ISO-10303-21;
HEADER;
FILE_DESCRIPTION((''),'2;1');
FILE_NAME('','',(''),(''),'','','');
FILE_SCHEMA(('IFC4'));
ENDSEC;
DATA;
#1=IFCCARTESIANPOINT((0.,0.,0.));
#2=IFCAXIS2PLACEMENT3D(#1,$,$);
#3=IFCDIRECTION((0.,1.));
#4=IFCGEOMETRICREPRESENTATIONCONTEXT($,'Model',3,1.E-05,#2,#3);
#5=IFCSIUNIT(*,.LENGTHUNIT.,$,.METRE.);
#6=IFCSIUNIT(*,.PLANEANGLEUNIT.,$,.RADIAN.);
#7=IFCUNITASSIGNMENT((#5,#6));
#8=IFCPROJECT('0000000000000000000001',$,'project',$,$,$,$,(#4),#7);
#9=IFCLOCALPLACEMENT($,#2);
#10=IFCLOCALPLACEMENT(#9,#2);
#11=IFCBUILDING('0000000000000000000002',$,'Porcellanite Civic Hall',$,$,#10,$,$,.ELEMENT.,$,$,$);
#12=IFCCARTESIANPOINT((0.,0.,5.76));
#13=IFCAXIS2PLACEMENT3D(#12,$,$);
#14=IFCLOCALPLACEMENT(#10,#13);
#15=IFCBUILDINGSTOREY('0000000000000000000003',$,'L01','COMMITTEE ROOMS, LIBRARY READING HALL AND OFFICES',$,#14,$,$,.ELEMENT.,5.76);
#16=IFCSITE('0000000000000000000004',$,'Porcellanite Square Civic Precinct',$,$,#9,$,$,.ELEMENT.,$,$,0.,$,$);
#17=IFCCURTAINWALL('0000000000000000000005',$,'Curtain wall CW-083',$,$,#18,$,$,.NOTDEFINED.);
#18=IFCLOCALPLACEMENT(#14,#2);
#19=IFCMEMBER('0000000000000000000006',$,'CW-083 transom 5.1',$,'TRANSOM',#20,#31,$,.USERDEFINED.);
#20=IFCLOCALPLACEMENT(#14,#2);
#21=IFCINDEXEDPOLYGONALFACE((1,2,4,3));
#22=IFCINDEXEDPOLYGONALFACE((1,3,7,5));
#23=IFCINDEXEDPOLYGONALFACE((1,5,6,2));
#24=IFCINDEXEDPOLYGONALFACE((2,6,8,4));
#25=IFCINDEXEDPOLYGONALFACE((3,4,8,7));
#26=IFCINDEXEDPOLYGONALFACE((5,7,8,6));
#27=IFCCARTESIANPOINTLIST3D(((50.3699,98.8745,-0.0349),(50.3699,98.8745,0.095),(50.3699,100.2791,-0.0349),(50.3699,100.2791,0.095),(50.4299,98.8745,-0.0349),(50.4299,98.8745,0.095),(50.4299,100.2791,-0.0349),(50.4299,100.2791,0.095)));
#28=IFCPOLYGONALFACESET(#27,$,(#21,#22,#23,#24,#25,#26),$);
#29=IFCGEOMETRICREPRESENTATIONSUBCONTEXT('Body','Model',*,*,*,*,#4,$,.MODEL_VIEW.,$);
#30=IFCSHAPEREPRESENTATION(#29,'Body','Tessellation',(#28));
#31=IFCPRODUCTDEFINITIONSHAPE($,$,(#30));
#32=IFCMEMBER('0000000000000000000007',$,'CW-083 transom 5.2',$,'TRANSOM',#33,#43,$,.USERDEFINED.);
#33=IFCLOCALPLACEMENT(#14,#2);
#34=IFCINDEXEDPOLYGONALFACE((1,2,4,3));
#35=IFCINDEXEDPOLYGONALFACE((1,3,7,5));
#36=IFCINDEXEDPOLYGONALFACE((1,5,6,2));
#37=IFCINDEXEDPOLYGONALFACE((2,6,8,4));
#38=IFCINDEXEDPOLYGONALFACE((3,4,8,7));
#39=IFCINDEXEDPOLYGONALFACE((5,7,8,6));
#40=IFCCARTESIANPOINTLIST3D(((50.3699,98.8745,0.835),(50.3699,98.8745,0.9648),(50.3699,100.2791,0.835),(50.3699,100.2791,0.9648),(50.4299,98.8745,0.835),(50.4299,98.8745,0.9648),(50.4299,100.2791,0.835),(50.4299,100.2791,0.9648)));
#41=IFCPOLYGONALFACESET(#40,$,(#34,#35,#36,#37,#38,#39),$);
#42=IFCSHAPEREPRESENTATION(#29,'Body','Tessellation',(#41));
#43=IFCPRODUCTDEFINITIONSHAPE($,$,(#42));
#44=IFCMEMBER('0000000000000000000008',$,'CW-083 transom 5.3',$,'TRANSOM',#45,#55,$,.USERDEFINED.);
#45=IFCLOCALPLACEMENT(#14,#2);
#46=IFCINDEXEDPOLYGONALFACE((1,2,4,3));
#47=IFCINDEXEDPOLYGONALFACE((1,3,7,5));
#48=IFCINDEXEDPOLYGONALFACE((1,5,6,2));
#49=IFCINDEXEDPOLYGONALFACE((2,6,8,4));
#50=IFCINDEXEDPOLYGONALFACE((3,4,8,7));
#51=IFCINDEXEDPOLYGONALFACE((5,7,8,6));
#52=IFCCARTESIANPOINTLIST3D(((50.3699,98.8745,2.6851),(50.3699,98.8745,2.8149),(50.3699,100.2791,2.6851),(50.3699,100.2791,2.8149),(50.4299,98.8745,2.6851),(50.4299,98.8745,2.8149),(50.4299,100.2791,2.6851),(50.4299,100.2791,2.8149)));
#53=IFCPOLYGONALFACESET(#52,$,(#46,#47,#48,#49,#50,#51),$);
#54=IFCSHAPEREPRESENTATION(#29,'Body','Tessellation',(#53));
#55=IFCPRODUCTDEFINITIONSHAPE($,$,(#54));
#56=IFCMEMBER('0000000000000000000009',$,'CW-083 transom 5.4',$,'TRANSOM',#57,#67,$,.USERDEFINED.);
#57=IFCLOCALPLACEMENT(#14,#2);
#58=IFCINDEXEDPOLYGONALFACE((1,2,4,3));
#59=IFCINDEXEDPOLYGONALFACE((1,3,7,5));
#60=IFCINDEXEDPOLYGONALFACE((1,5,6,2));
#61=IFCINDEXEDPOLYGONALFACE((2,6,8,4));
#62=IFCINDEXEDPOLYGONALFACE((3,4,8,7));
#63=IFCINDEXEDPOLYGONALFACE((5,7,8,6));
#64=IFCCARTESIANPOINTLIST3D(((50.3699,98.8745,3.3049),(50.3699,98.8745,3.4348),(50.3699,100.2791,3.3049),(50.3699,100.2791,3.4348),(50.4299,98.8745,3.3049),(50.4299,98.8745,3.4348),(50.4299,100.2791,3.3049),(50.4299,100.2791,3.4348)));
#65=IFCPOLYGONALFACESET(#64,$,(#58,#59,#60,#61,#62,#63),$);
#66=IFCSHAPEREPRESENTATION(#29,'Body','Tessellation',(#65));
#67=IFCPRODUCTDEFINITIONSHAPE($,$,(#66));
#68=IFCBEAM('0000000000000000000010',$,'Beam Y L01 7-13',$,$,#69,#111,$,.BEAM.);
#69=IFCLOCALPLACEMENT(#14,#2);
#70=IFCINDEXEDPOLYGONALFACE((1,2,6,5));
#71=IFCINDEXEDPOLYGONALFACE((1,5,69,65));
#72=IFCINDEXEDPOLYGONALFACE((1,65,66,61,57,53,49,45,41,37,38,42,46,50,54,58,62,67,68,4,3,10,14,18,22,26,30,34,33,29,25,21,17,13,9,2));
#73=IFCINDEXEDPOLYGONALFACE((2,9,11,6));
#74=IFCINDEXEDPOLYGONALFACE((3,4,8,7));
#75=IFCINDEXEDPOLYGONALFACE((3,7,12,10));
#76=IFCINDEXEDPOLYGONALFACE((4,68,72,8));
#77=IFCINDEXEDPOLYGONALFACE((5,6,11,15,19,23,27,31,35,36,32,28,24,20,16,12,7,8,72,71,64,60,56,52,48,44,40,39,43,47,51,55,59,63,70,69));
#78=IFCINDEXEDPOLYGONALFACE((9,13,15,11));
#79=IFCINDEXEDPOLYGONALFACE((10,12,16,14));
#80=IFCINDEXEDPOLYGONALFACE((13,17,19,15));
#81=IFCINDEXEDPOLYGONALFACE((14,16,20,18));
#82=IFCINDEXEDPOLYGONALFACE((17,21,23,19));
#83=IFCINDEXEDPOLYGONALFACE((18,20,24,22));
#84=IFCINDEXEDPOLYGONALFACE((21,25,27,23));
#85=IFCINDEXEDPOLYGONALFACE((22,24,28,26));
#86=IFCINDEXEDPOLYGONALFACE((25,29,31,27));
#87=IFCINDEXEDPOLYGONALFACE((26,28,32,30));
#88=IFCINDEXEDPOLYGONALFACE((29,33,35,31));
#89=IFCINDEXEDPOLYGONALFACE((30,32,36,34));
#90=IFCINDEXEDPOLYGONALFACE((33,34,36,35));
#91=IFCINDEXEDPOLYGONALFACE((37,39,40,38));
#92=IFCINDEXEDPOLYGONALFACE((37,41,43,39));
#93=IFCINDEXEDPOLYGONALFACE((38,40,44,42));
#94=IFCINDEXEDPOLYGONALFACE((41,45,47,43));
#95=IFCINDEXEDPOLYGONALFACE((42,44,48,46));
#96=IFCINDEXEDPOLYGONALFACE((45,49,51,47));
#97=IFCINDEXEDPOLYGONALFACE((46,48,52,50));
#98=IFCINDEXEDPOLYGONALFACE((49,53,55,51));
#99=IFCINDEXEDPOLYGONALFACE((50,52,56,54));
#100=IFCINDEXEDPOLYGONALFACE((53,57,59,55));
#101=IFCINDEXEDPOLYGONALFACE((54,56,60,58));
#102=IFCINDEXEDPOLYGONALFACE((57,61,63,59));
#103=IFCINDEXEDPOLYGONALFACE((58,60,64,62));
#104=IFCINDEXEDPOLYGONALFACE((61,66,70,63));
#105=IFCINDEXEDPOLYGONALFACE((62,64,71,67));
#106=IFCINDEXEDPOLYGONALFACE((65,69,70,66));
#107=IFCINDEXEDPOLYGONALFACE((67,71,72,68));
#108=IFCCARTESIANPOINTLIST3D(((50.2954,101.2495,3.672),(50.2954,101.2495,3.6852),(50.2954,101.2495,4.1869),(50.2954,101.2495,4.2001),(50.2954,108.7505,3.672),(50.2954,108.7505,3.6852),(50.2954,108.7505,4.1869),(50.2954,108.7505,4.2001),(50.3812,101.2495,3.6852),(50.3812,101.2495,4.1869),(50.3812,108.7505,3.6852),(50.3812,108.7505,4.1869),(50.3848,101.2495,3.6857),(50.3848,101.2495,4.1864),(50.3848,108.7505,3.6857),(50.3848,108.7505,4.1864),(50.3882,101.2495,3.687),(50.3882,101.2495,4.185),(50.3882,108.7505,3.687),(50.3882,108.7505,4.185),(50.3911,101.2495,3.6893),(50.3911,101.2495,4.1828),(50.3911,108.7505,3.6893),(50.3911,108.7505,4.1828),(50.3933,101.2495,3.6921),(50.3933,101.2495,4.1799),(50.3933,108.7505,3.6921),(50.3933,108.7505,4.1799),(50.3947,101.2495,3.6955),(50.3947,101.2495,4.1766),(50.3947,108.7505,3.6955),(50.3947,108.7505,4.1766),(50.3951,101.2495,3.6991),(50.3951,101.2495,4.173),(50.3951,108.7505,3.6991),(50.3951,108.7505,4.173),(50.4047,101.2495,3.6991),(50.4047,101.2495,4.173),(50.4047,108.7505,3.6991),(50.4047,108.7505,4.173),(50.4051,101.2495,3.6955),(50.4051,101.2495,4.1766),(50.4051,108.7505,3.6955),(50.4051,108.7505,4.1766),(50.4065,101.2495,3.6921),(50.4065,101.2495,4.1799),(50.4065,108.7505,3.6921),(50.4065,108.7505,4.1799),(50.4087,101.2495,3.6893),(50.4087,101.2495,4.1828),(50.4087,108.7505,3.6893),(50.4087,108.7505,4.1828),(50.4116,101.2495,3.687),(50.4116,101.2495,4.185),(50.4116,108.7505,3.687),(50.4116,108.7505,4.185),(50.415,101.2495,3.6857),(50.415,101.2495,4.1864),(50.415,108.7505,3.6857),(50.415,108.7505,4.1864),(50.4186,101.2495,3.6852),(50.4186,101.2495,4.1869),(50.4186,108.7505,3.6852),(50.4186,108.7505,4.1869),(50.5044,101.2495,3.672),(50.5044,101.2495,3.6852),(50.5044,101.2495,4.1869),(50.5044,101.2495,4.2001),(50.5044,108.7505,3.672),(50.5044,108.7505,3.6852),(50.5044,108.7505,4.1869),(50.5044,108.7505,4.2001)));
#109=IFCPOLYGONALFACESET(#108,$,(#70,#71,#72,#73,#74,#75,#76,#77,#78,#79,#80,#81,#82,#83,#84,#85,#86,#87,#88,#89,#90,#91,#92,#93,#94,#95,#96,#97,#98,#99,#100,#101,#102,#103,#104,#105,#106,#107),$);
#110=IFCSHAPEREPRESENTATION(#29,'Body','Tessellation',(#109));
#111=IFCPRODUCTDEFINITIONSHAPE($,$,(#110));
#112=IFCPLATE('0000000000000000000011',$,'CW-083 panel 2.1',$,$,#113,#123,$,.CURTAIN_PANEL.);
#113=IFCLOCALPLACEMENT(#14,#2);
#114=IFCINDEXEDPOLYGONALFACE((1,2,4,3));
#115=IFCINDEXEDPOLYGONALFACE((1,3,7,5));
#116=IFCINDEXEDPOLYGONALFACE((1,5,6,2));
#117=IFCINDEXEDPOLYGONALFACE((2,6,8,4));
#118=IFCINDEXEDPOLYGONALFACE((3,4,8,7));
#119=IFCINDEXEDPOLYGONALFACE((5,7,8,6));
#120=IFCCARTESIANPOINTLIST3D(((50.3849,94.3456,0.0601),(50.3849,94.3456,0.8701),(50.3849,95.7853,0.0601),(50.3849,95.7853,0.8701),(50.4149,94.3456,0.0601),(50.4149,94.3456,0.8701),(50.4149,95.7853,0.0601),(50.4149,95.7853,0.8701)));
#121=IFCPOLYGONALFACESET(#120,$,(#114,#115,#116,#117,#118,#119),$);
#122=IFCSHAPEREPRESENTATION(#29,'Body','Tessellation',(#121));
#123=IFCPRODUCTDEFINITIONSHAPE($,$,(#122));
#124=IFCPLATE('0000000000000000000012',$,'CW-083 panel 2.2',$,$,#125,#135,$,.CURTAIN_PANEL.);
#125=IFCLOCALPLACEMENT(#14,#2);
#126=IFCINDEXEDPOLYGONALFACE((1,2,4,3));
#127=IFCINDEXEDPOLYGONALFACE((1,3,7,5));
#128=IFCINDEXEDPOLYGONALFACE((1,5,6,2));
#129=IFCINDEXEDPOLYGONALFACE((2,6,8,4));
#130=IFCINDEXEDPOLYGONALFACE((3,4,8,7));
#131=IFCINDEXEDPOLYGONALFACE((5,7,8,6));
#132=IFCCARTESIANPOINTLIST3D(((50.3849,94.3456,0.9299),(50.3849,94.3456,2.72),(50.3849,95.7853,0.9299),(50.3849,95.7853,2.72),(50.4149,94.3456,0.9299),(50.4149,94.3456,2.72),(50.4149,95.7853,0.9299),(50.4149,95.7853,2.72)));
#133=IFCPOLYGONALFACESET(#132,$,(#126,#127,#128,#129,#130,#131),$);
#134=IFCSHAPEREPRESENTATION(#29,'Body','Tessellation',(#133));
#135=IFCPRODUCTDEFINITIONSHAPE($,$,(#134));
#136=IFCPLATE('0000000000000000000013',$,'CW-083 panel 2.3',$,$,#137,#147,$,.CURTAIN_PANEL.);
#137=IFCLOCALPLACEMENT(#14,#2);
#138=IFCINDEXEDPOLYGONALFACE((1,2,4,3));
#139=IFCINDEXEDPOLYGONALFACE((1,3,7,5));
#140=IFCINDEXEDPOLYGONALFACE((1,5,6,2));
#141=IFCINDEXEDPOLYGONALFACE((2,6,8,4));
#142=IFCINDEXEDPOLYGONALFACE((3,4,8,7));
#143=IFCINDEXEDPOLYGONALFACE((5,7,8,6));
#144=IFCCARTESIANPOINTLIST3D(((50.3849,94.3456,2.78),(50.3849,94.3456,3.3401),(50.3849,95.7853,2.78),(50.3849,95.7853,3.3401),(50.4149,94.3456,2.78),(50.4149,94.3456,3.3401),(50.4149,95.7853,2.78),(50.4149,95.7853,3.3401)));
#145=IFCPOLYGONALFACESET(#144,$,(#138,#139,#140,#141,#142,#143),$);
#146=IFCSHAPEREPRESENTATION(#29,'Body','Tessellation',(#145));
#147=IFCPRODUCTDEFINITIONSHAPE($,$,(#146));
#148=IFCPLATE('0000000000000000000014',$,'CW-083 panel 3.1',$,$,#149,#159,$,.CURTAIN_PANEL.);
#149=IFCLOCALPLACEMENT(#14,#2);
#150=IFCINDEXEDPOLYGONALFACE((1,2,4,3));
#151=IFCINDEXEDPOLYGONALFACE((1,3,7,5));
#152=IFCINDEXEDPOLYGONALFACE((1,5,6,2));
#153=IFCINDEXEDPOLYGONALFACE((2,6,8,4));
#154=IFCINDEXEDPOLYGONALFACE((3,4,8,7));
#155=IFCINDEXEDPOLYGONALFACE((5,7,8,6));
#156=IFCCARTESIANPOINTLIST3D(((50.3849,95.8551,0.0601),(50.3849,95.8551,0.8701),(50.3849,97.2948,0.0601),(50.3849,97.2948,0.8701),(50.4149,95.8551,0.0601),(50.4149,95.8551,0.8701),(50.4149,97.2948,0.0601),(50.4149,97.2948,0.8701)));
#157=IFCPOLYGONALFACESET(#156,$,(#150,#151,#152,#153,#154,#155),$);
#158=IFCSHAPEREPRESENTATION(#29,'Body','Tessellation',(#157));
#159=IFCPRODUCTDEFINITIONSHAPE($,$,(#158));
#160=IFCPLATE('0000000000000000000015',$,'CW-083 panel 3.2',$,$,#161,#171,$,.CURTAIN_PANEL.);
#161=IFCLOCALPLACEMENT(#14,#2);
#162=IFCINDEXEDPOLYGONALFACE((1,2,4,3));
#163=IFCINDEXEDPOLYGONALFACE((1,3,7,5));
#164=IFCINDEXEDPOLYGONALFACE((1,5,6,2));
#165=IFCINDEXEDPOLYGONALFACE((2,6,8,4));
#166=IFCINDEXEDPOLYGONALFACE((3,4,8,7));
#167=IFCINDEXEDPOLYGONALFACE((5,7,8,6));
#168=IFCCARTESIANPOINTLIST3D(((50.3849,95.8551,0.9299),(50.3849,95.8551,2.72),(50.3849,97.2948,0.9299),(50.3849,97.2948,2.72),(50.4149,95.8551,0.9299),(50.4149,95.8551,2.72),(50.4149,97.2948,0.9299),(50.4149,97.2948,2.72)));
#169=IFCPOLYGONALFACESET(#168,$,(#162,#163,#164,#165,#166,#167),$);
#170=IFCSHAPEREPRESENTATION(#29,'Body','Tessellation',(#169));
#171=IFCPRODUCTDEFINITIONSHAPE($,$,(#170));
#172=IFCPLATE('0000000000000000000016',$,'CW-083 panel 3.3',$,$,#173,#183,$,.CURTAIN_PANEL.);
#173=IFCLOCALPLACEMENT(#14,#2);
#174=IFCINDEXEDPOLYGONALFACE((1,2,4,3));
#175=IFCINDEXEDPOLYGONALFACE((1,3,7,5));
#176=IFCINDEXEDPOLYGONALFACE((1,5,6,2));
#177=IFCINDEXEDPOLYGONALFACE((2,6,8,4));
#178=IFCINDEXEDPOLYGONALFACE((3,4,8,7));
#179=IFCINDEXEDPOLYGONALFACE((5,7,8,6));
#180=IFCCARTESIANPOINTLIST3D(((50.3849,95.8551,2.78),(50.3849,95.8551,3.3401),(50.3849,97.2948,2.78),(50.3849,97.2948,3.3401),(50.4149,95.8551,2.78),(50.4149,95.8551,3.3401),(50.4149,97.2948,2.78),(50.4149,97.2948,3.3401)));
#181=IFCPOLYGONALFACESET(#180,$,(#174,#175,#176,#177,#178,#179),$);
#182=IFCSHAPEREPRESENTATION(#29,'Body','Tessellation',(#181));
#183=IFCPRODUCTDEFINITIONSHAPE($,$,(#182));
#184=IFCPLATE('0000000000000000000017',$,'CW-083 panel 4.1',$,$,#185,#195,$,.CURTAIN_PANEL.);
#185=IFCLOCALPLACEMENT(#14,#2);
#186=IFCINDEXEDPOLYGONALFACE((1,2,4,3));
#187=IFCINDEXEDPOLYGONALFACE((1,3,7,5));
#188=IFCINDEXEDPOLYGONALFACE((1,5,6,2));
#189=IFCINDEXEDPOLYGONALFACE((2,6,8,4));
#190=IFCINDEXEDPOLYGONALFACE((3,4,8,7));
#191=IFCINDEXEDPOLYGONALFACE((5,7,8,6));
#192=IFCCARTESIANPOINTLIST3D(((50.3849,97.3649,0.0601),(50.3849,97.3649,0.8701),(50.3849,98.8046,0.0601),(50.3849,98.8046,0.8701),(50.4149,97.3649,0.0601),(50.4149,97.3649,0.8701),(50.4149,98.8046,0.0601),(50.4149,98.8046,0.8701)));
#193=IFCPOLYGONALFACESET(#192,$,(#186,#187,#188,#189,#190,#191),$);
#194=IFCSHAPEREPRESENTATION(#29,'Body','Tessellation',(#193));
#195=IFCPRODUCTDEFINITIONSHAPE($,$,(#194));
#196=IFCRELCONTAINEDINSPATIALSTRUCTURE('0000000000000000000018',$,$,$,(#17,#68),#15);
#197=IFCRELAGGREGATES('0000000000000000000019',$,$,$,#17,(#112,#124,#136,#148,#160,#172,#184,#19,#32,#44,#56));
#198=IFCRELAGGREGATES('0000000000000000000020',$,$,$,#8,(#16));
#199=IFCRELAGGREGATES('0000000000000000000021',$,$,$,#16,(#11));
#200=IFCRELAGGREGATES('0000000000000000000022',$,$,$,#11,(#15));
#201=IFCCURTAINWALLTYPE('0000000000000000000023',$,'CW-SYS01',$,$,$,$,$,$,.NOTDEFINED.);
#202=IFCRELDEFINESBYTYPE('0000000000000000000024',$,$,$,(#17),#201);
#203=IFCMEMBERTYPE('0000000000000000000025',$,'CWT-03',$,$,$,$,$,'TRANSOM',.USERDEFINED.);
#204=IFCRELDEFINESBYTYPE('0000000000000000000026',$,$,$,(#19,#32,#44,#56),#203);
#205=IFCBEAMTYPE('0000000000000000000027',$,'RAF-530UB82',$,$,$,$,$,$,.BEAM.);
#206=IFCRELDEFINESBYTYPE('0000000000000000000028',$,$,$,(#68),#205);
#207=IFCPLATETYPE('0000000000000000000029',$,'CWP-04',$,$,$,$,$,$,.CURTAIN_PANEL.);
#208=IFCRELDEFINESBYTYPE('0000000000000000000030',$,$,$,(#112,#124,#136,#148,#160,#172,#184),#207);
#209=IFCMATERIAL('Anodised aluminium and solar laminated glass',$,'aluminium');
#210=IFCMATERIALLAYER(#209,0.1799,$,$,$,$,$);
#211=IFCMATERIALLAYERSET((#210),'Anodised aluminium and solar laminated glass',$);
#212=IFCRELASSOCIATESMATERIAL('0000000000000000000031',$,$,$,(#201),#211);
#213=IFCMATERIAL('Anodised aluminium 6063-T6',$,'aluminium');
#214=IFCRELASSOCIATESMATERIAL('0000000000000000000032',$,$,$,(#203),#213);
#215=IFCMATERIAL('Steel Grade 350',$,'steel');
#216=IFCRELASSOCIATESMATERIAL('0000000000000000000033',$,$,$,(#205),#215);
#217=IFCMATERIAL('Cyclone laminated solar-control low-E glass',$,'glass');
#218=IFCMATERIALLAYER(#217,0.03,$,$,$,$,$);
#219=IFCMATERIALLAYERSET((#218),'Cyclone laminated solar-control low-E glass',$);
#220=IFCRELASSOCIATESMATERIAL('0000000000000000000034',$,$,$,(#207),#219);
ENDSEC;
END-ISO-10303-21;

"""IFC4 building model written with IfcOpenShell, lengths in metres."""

from ifc_helpers import new_model, si_unit, direction, frame, origin, origin_2d, place, context, subcontext, project, spatial, rectangle, i_section, extrude, material, layer, layer_set, material_profile, profile_set, type_object, element, aggregate, save


model = new_model("IFC4")

# Units and contexts
model_context = context("Model", 3, precision=1e-05, world=origin(), true_north=direction((0.0, 1.0)))
body_context = subcontext(model_context, "Body", "Model", "MODEL_VIEW")
ifc_project = project(units=[si_unit("LENGTHUNIT", "METRE"), si_unit("PLANEANGLEUNIT", "RADIAN")], contexts=[model_context])

# Site, building, storey
site_placement = place(None, origin())
site = spatial("IfcSite", under=ifc_project, at=site_placement, Name="Porcellanite Square Civic Precinct", CompositionType="ELEMENT", RefElevation=0.0)
building_placement = place(site_placement, origin())
building = spatial("IfcBuilding", under=site, at=building_placement, Name="Porcellanite Civic Hall", CompositionType="ELEMENT")
storey_placement = place(building_placement, frame((0.0, 0.0, 5.76)))
storey = spatial("IfcBuildingStorey", under=building, at=storey_placement, Name="L01", Description="COMMITTEE ROOMS, LIBRARY READING HALL AND OFFICES", CompositionType="ELEMENT", Elevation=5.76)

# Curtain wall, members
ifc_material_1 = material(Name="Anodised aluminium and solar laminated glass", Category="aluminium")
ifc_layer_1 = layer(ifc_material_1, 0.1799)
ifc_layer_set_1 = layer_set([ifc_layer_1], Name="Anodised aluminium and solar laminated glass")
curtain_wall_type = type_object("IfcCurtainWallType", Name="CW-SYS01", PredefinedType="NOTDEFINED", material=ifc_layer_set_1)
curtain_wall_placement = place(storey_placement, origin())
curtain_wall = element("IfcCurtainWall", 1, at=curtain_wall_placement, inside=storey, type_object=curtain_wall_type, Name="Curtain wall CW-083", PredefinedType="NOTDEFINED")
ifc_material_2 = material(Name="Anodised aluminium 6063-T6", Category="aluminium")
ifc_material_profile_1 = material_profile(ifc_material_2, rectangle(XDim=0.0601, YDim=0.1299, at=origin_2d()), Name="AL-60x130")
ifc_profile_set_1 = profile_set([ifc_material_profile_1], Name="Anodised aluminium 6063-T6")
member_type_1 = type_object("IfcMemberType", Name="CWT-03", ElementType="TRANSOM", PredefinedType="USERDEFINED", material=ifc_profile_set_1)
member_1_placement = place(storey_placement, frame((50.3999, 98.8745, 0.03), z_axis=(0.0, 1.0, 0.0), x_axis=(-1.0, 0.0, 0.0)))
member_1 = element("IfcMember", 2, at=member_1_placement, type_object=member_type_1, Name="CW-083 transom 5.1", ObjectType="TRANSOM", PredefinedType="USERDEFINED", context=body_context, shape_type="SweptSolid", body=[
    extrude(rectangle(XDim=0.0601, YDim=0.1299, at=origin_2d()), origin(), (0.0, 0.0, 1.0), 1.4045),
])
member_2_placement = place(storey_placement, frame((50.3999, 98.8745, 0.8999), z_axis=(0.0, 1.0, 0.0), x_axis=(-1.0, 0.0, 0.0)))
member_2 = element("IfcMember", 3, at=member_2_placement, type_object=member_type_1, Name="CW-083 transom 5.2", ObjectType="TRANSOM", PredefinedType="USERDEFINED", context=body_context, shape_type="SweptSolid", body=[
    extrude(rectangle(XDim=0.0601, YDim=0.1299, at=origin_2d()), origin(), (0.0, 0.0, 1.0), 1.4045),
])
member_3_placement = place(storey_placement, frame((50.3999, 98.8745, 2.75), z_axis=(0.0, 1.0, 0.0), x_axis=(-1.0, 0.0, 0.0)))
member_3 = element("IfcMember", 4, at=member_3_placement, type_object=member_type_1, Name="CW-083 transom 5.3", ObjectType="TRANSOM", PredefinedType="USERDEFINED", context=body_context, shape_type="SweptSolid", body=[
    extrude(rectangle(XDim=0.0601, YDim=0.1299, at=origin_2d()), origin(), (0.0, 0.0, 1.0), 1.4045),
])
member_4_placement = place(storey_placement, frame((50.3999, 98.8745, 3.3699), z_axis=(0.0, 1.0, 0.0), x_axis=(-1.0, 0.0, 0.0)))
member_4 = element("IfcMember", 5, at=member_4_placement, type_object=member_type_1, Name="CW-083 transom 5.4", ObjectType="TRANSOM", PredefinedType="USERDEFINED", context=body_context, shape_type="SweptSolid", body=[
    extrude(rectangle(XDim=0.0601, YDim=0.1299, at=origin_2d()), origin(), (0.0, 0.0, 1.0), 1.4045),
])

# Beam
ifc_material_3 = material(Name="Steel Grade 350", Category="steel")
ifc_material_profile_2 = material_profile(ifc_material_3, i_section(OverallWidth=0.209, OverallDepth=0.5281, WebThickness=0.0095, FlangeThickness=0.0132, FilletRadius=0.0139, at=origin_2d()), Name="530UB82.0")
ifc_profile_set_2 = profile_set([ifc_material_profile_2], Name="Steel Grade 350")
beam_type_1 = type_object("IfcBeamType", Name="RAF-530UB82", PredefinedType="BEAM", material=ifc_profile_set_2)
beam_1_placement = place(storey_placement, frame((50.3999, 101.2495, 3.936), z_axis=(0.0, 1.0, 0.0), x_axis=(-1.0, 0.0, 0.0)))
element("IfcBeam", 6, at=beam_1_placement, inside=storey, type_object=beam_type_1, Name="Beam Y L01 7-13", PredefinedType="BEAM", context=body_context, shape_type="SweptSolid", body=[
    extrude(i_section(OverallWidth=0.209, OverallDepth=0.5281, WebThickness=0.0095, FlangeThickness=0.0132, FilletRadius=0.0139, at=origin_2d()), origin(), (0.0, 0.0, 1.0), 7.501),
])

# Plates
ifc_material_4 = material(Name="Cyclone laminated solar-control low-E glass", Category="glass")
ifc_layer_2 = layer(ifc_material_4, 0.03)
ifc_layer_set_2 = layer_set([ifc_layer_2], Name="Cyclone laminated solar-control low-E glass")
plate_type = type_object("IfcPlateType", Name="CWP-04", PredefinedType="CURTAIN_PANEL", material=ifc_layer_set_2)
plate_1_placement = place(storey_placement, frame((50.3999, 95.0654, 0.0601), z_axis=(0.0, 0.0, 1.0), x_axis=(0.0, 1.0, 0.0)))
plate_1 = element("IfcPlate", 7, at=plate_1_placement, type_object=plate_type, Name="CW-083 panel 2.1", PredefinedType="CURTAIN_PANEL", context=body_context, shape_type="SweptSolid", body=[
    extrude(rectangle(XDim=1.4397, YDim=0.03, at=origin_2d()), origin(), (0.0, 0.0, 1.0), 0.8101),
])
plate_2_placement = place(storey_placement, frame((50.3999, 95.0654, 0.9299), z_axis=(0.0, 0.0, 1.0), x_axis=(0.0, 1.0, 0.0)))
plate_2 = element("IfcPlate", 8, at=plate_2_placement, type_object=plate_type, Name="CW-083 panel 2.2", PredefinedType="CURTAIN_PANEL", context=body_context, shape_type="SweptSolid", body=[
    extrude(rectangle(XDim=1.4397, YDim=0.03, at=origin_2d()), origin(), (0.0, 0.0, 1.0), 1.79),
])
plate_3_placement = place(storey_placement, frame((50.3999, 95.0654, 2.78), z_axis=(0.0, 0.0, 1.0), x_axis=(0.0, 1.0, 0.0)))
plate_3 = element("IfcPlate", 9, at=plate_3_placement, type_object=plate_type, Name="CW-083 panel 2.3", PredefinedType="CURTAIN_PANEL", context=body_context, shape_type="SweptSolid", body=[
    extrude(rectangle(XDim=1.4397, YDim=0.03, at=origin_2d()), origin(), (0.0, 0.0, 1.0), 0.5601),
])
plate_4_placement = place(storey_placement, frame((50.3999, 96.575, 0.0601), z_axis=(0.0, 0.0, 1.0), x_axis=(0.0, 1.0, 0.0)))
plate_4 = element("IfcPlate", 10, at=plate_4_placement, type_object=plate_type, Name="CW-083 panel 3.1", PredefinedType="CURTAIN_PANEL", context=body_context, shape_type="SweptSolid", body=[
    extrude(rectangle(XDim=1.4397, YDim=0.03, at=origin_2d()), origin(), (0.0, 0.0, 1.0), 0.8101),
])
plate_5_placement = place(storey_placement, frame((50.3999, 96.575, 0.9299), z_axis=(0.0, 0.0, 1.0), x_axis=(0.0, 1.0, 0.0)))
plate_5 = element("IfcPlate", 11, at=plate_5_placement, type_object=plate_type, Name="CW-083 panel 3.2", PredefinedType="CURTAIN_PANEL", context=body_context, shape_type="SweptSolid", body=[
    extrude(rectangle(XDim=1.4397, YDim=0.03, at=origin_2d()), origin(), (0.0, 0.0, 1.0), 1.79),
])
plate_6_placement = place(storey_placement, frame((50.3999, 96.575, 2.78), z_axis=(0.0, 0.0, 1.0), x_axis=(0.0, 1.0, 0.0)))
plate_6 = element("IfcPlate", 12, at=plate_6_placement, type_object=plate_type, Name="CW-083 panel 3.3", PredefinedType="CURTAIN_PANEL", context=body_context, shape_type="SweptSolid", body=[
    extrude(rectangle(XDim=1.4397, YDim=0.03, at=origin_2d()), origin(), (0.0, 0.0, 1.0), 0.5601),
])
plate_7_placement = place(storey_placement, frame((50.3999, 98.0847, 0.0601), z_axis=(0.0, 0.0, 1.0), x_axis=(0.0, 1.0, 0.0)))
plate_7 = element("IfcPlate", 13, at=plate_7_placement, type_object=plate_type, Name="CW-083 panel 4.1", PredefinedType="CURTAIN_PANEL", context=body_context, shape_type="SweptSolid", body=[
    extrude(rectangle(XDim=1.4397, YDim=0.03, at=origin_2d()), origin(), (0.0, 0.0, 1.0), 0.8101),
])
aggregate(curtain_wall, [plate_1, plate_2, plate_3, plate_4, plate_5, plate_6, plate_7, member_1, member_2, member_3, member_4])

save(model, "model.ifc")
